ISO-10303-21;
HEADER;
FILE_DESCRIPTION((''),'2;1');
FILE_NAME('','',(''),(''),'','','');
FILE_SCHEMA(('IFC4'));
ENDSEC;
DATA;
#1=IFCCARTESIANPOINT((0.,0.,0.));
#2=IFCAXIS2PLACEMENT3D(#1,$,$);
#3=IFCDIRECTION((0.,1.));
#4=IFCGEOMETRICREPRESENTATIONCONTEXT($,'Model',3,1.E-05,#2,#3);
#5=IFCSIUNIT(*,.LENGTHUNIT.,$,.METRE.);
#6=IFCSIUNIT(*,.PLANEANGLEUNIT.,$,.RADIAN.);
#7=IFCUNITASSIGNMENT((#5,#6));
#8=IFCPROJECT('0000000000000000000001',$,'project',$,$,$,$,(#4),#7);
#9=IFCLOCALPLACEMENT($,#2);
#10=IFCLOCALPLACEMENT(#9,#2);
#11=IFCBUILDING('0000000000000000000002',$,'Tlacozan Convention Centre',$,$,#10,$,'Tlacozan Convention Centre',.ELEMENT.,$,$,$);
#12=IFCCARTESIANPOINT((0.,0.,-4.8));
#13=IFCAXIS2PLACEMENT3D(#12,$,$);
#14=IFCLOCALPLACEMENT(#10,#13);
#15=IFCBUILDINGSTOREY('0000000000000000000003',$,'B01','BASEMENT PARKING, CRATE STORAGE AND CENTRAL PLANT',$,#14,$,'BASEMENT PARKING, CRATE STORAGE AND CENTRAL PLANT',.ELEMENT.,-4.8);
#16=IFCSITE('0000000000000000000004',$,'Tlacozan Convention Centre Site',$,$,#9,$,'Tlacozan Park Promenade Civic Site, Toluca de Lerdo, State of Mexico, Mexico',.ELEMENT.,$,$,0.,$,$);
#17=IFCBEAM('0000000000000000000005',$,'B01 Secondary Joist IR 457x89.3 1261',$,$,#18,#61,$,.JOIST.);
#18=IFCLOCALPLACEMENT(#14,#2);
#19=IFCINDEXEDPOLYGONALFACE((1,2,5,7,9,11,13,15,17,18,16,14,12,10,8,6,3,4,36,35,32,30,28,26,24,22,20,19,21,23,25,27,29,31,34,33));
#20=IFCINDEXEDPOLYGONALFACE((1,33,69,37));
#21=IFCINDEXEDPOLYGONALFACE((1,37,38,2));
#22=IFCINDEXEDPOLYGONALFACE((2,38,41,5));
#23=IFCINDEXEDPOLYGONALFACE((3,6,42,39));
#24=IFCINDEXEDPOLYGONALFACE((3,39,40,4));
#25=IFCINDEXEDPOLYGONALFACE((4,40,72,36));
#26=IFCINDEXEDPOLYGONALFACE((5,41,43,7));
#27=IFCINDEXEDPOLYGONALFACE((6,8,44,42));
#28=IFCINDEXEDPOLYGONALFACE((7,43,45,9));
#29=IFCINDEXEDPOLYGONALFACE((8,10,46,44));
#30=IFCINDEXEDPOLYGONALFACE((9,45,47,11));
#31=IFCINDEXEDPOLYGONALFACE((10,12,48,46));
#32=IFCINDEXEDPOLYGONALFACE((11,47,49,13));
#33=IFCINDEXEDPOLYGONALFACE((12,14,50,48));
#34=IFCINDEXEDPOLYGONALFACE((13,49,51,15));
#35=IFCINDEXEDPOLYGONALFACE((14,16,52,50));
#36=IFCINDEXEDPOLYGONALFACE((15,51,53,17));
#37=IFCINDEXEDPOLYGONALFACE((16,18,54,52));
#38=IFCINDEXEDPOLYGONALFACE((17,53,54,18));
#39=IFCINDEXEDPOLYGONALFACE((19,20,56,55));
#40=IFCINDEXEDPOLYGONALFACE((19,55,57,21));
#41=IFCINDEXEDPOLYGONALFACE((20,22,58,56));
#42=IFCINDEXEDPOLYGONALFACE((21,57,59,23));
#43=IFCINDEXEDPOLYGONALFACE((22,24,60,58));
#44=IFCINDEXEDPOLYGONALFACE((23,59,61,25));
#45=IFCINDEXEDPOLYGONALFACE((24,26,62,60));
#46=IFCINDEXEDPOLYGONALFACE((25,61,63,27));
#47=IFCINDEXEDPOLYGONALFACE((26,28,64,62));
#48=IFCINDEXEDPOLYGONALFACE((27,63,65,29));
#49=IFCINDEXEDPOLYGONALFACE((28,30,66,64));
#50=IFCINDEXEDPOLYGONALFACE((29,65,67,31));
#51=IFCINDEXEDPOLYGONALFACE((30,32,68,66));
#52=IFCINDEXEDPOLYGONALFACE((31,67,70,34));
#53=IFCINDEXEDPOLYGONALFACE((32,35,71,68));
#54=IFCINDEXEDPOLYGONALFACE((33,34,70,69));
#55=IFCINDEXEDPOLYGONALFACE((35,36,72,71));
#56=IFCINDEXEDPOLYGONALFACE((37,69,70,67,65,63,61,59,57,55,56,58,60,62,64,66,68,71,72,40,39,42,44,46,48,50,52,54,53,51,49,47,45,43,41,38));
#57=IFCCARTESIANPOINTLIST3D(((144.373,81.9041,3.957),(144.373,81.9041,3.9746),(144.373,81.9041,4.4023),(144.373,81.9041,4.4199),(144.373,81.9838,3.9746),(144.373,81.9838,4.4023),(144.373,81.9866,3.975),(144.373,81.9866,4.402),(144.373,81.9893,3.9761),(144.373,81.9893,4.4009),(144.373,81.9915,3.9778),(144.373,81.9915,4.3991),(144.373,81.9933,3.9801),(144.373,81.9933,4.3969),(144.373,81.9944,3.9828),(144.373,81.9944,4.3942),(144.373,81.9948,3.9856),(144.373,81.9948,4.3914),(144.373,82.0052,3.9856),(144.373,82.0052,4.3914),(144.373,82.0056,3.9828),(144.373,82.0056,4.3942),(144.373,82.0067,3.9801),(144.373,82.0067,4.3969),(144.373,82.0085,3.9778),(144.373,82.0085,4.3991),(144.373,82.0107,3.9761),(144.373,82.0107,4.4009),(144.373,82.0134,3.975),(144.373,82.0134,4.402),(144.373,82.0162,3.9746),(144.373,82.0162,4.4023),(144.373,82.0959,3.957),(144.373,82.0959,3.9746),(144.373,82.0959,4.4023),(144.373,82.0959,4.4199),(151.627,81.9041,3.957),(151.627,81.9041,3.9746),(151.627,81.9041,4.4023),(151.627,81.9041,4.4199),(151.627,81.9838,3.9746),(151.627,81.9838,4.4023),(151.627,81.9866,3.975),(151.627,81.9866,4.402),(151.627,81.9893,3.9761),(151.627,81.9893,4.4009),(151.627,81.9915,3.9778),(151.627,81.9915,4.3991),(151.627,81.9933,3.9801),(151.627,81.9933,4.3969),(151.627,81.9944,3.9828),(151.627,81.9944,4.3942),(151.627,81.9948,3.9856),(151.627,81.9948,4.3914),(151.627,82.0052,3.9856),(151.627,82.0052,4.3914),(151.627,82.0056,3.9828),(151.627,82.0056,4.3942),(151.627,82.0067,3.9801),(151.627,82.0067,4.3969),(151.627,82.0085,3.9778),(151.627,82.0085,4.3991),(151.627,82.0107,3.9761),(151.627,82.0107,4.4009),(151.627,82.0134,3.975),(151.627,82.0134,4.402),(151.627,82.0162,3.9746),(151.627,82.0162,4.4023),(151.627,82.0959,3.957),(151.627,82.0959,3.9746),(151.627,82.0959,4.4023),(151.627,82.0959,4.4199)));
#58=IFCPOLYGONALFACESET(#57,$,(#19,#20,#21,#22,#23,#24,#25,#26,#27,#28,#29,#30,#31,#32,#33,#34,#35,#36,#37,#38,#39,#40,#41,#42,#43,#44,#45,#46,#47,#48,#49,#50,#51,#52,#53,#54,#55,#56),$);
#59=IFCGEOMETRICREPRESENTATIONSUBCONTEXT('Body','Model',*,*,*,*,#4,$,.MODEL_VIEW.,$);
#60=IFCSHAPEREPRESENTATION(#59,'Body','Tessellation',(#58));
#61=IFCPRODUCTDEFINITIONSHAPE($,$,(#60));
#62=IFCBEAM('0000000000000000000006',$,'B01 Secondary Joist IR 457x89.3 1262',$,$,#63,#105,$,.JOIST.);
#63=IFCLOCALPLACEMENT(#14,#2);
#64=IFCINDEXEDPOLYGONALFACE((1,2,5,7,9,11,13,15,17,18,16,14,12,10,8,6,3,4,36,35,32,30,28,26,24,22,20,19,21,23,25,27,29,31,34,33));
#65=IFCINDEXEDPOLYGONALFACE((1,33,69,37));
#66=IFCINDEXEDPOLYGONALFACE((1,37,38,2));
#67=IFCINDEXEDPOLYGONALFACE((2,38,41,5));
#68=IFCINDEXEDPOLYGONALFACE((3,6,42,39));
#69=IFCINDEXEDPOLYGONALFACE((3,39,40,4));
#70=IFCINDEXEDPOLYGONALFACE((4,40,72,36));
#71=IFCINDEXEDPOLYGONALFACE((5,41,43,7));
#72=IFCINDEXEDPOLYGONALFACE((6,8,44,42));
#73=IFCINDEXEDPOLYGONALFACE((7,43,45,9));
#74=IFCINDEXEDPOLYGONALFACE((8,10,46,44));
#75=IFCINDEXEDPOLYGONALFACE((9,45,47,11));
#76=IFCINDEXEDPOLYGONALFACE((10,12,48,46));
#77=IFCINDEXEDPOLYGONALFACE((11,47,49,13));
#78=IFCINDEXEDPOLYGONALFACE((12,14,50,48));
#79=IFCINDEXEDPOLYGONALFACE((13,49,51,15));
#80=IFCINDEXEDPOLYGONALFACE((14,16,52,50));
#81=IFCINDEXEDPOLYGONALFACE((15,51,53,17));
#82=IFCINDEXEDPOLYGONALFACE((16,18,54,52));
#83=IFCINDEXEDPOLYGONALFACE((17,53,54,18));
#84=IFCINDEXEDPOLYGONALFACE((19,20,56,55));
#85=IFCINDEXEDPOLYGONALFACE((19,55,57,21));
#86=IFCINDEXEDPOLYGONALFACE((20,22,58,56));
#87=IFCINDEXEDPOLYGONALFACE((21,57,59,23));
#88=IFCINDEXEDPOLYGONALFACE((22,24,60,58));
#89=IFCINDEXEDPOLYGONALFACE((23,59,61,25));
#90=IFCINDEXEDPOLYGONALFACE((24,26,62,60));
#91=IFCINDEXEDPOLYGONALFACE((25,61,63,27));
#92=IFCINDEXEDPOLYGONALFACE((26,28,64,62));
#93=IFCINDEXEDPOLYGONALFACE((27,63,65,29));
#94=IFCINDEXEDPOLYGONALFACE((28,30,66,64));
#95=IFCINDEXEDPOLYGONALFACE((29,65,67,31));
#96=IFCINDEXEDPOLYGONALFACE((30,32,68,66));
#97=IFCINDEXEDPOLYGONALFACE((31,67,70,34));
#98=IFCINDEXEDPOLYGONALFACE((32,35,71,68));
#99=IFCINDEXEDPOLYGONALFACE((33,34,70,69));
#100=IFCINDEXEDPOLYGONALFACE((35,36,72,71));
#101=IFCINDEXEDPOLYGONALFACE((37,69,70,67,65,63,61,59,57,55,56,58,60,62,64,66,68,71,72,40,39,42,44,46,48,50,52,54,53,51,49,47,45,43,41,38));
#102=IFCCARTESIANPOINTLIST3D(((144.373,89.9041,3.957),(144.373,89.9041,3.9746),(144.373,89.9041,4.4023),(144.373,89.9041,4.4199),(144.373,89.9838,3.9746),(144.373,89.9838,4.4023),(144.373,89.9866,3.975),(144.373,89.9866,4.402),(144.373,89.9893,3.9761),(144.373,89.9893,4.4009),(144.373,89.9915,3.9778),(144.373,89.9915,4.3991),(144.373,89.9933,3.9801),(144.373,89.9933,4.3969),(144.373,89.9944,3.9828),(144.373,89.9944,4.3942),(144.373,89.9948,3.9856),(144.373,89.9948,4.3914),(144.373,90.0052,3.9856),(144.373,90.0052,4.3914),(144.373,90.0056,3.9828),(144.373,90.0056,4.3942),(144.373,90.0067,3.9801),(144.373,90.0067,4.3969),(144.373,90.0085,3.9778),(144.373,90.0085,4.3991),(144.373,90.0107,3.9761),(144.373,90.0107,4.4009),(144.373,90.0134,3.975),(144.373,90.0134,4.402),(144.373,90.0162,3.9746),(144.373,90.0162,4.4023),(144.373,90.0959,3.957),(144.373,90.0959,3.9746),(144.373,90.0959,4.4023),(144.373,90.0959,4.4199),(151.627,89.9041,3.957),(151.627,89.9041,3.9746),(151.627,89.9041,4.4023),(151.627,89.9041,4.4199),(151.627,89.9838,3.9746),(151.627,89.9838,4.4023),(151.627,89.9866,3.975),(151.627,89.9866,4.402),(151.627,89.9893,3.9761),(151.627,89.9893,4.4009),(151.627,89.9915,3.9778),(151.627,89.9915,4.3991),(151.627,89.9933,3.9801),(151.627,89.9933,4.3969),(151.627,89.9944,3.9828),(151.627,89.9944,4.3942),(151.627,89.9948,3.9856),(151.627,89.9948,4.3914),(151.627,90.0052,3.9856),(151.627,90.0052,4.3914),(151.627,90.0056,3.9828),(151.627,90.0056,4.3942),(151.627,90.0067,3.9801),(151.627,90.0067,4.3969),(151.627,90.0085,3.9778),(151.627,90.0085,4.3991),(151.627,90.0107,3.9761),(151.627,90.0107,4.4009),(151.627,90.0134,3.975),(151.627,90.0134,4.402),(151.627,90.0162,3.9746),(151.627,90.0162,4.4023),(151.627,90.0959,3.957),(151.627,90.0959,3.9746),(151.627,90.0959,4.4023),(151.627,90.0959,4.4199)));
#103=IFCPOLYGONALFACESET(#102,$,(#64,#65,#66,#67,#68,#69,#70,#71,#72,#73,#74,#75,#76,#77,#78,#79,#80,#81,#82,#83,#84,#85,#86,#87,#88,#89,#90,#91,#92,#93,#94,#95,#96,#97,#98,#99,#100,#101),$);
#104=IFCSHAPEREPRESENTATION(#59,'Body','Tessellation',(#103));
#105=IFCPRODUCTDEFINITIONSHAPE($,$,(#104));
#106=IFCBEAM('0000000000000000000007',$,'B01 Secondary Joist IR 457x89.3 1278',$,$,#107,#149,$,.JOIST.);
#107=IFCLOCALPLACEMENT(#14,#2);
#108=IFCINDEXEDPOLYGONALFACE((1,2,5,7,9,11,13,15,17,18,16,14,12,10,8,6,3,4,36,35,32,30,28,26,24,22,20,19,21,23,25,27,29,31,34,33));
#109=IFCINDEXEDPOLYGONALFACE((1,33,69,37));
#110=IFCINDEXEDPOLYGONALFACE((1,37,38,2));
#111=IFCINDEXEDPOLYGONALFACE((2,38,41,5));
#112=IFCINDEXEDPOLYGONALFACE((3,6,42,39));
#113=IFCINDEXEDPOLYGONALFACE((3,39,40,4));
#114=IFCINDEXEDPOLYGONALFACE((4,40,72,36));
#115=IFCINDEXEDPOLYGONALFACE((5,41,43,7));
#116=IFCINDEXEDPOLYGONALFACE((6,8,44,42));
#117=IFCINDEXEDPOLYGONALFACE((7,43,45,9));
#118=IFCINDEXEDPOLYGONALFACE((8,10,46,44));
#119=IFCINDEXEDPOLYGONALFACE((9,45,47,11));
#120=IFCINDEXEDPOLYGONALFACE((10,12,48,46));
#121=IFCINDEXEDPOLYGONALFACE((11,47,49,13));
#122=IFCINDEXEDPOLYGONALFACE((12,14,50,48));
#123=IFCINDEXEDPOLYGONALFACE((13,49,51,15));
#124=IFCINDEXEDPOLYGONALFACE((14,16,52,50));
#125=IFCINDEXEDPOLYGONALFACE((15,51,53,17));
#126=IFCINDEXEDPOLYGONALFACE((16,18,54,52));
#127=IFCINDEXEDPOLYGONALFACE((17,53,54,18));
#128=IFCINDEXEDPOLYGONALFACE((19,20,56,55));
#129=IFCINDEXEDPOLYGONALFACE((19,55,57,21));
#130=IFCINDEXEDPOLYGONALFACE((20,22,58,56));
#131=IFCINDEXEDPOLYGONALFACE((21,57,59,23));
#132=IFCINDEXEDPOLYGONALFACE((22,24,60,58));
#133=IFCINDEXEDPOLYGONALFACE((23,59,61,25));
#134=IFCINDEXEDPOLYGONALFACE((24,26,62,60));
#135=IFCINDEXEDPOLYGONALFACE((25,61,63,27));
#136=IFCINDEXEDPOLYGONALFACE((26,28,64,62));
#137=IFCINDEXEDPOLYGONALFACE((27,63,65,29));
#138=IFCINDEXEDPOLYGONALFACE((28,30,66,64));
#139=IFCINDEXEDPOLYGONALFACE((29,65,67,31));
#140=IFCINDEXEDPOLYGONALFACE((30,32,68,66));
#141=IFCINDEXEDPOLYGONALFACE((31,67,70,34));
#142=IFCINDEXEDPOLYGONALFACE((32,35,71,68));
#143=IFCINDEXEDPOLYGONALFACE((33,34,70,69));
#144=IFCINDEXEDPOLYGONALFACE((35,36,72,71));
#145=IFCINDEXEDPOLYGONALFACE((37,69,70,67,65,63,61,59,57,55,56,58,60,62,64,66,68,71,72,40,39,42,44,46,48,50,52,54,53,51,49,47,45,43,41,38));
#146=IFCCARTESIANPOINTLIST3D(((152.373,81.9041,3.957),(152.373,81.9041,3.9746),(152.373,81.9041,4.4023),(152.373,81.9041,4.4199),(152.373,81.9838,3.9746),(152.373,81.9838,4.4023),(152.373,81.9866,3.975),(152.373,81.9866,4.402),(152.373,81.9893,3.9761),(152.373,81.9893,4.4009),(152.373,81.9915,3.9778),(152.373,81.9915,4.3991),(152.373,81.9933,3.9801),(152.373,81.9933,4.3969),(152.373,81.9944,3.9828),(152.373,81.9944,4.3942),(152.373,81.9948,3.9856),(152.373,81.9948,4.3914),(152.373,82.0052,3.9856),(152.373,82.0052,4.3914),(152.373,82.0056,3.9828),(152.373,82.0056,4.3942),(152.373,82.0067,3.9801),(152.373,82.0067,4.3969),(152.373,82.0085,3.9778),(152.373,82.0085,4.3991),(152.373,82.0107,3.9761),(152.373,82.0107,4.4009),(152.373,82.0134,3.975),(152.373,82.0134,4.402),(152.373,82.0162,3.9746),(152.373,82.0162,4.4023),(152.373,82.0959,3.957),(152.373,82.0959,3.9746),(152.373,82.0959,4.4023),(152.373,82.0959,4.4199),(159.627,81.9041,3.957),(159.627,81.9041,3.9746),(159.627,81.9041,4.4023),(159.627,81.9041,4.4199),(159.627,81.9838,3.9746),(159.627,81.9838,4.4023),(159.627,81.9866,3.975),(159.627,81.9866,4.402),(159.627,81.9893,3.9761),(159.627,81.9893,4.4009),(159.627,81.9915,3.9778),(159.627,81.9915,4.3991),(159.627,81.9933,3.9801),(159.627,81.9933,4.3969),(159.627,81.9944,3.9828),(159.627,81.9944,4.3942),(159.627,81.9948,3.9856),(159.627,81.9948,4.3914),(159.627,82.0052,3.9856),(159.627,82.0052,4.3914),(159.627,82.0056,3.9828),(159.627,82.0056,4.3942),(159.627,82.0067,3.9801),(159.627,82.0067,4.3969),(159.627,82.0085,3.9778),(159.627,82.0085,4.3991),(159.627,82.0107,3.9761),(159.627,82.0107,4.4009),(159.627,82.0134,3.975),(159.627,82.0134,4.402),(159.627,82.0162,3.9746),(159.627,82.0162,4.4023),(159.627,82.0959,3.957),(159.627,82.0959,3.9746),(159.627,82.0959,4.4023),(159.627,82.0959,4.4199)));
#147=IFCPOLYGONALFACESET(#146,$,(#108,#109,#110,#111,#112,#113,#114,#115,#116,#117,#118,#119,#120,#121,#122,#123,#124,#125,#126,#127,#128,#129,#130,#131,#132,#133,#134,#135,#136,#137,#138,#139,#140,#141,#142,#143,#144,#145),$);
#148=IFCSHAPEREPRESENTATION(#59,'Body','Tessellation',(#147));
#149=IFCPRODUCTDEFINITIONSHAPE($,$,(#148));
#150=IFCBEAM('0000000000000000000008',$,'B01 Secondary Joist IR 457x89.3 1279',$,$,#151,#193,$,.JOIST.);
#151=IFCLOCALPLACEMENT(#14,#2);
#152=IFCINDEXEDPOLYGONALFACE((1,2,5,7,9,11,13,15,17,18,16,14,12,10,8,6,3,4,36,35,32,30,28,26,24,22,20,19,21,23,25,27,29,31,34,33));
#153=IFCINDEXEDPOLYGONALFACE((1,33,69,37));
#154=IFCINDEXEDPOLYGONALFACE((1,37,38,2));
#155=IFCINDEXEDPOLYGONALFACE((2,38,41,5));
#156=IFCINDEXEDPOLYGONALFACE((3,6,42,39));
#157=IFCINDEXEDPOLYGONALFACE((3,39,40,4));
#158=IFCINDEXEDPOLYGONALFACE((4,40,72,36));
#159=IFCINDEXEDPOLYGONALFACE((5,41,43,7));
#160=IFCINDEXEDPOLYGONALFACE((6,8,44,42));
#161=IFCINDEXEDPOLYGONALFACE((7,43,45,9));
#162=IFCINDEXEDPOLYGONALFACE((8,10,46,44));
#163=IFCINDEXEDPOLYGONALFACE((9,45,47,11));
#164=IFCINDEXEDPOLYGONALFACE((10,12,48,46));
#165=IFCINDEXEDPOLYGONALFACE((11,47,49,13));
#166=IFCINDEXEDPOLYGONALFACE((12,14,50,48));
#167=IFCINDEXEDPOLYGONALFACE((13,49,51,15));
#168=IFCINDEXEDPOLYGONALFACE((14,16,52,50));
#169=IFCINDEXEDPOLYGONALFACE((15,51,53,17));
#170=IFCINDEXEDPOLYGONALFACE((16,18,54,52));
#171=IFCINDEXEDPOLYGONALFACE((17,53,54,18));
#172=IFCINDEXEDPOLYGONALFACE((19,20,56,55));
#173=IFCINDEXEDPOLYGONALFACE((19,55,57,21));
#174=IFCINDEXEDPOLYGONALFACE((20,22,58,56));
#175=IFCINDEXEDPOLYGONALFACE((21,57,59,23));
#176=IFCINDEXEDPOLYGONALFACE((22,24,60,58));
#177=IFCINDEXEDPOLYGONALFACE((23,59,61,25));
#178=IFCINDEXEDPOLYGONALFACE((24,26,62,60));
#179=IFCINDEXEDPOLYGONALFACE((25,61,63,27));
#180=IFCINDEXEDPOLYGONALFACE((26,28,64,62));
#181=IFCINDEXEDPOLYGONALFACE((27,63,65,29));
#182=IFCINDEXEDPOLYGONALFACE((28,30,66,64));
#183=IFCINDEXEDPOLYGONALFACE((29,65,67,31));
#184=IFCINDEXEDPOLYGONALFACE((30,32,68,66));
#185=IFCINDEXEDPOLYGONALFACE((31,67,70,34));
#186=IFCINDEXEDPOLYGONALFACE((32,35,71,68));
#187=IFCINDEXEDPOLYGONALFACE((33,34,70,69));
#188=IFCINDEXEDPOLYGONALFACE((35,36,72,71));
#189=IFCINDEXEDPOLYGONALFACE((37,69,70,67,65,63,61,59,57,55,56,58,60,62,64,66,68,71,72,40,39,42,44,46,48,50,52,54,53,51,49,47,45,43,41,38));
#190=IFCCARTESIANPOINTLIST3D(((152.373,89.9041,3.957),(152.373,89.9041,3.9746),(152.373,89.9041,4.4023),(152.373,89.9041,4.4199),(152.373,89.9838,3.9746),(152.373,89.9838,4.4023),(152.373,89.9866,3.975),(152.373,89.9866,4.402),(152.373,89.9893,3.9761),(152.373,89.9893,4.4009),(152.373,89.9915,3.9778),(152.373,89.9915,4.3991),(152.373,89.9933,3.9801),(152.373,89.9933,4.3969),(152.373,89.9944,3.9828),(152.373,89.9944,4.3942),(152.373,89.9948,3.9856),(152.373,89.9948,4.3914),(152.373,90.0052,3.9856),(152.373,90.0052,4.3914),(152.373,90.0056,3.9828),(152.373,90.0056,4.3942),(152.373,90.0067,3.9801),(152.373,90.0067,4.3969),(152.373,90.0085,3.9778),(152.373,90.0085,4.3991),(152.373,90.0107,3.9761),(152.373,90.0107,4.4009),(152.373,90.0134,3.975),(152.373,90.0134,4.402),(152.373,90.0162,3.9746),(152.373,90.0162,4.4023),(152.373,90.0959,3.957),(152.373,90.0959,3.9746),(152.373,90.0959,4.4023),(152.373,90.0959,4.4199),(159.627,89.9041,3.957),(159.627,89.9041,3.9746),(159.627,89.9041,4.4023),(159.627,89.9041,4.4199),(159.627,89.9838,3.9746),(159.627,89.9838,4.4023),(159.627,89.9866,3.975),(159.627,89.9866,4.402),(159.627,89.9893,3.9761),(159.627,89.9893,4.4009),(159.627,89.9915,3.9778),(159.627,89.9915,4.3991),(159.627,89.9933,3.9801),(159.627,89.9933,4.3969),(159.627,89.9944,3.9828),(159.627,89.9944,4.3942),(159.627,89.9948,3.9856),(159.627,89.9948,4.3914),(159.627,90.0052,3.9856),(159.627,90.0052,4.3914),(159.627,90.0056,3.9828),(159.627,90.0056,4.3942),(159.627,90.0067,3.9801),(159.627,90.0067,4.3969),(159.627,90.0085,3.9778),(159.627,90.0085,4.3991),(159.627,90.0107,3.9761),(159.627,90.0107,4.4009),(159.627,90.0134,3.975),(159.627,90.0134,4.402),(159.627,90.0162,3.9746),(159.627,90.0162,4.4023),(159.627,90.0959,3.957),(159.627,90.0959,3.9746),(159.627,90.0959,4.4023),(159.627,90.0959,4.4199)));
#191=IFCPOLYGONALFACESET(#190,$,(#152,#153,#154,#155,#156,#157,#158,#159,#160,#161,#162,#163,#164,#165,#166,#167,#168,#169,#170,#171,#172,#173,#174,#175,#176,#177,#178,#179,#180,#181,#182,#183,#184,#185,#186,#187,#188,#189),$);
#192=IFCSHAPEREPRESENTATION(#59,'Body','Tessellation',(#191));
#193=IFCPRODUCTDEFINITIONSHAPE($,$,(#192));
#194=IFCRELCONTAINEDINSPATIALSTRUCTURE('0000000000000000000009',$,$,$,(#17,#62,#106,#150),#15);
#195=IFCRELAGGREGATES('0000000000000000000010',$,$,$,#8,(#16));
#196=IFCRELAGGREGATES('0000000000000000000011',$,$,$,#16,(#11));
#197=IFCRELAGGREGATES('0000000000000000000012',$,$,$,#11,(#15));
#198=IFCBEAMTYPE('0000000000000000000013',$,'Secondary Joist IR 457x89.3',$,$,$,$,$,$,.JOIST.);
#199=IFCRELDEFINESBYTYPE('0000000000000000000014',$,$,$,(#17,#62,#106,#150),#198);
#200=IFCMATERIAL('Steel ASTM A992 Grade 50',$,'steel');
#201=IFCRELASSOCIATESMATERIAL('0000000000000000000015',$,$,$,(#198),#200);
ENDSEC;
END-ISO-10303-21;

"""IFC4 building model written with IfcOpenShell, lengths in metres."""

from ifc_helpers import new_model, si_unit, direction, frame, origin, origin_2d, place, context, subcontext, project, spatial, i_section, extrude, material, material_profile, profile_set, type_object, element, save


model = new_model("IFC4")

# Units and contexts
model_context = context("Model", 3, precision=1e-05, world=origin(), true_north=direction((0.0, 1.0)))
body_context = subcontext(model_context, "Body", "Model", "MODEL_VIEW")
ifc_project = project(units=[si_unit("LENGTHUNIT", "METRE"), si_unit("PLANEANGLEUNIT", "RADIAN")], contexts=[model_context])

# Site, building, storey
site_placement = place(None, origin())
site = spatial("IfcSite", under=ifc_project, at=site_placement, Name="Tlacozan Convention Centre Site", LongName="Tlacozan Park Promenade Civic Site, Toluca de Lerdo, State of Mexico, Mexico", CompositionType="ELEMENT", RefElevation=0.0)
building_placement = place(site_placement, origin())
building = spatial("IfcBuilding", under=site, at=building_placement, Name="Tlacozan Convention Centre", LongName="Tlacozan Convention Centre", CompositionType="ELEMENT")
storey_placement = place(building_placement, frame((0.0, 0.0, -4.8)))
storey = spatial("IfcBuildingStorey", under=building, at=storey_placement, Name="B01", Description="BASEMENT PARKING, CRATE STORAGE AND CENTRAL PLANT", LongName="BASEMENT PARKING, CRATE STORAGE AND CENTRAL PLANT", CompositionType="ELEMENT", Elevation=-4.8)

# Beams
ifc_material_1 = material(Name="Steel ASTM A992 Grade 50", Category="steel")
ifc_material_profile_1 = material_profile(ifc_material_1, i_section(OverallWidth=0.1919, OverallDepth=0.4629, WebThickness=0.0105, FlangeThickness=0.0176, FilletRadius=0.011, at=origin_2d()), Name="IR 457x89.3")
ifc_profile_set_1 = profile_set([ifc_material_profile_1], Name="Steel ASTM A992 Grade 50")
beam_type_1 = type_object("IfcBeamType", Name="Secondary Joist IR 457x89.3", PredefinedType="JOIST", material=ifc_profile_set_1)
for number, where, z_axis, x_axis, name in (
    (1, (144.373, 82.0, 4.1885), (1.0, 0.0, 0.0), (0.0, 1.0, 0.0), "B01 Secondary Joist IR 457x89.3 1261"),
    (2, (144.373, 90.0, 4.1885), (1.0, 0.0, 0.0), (0.0, 1.0, 0.0), "B01 Secondary Joist IR 457x89.3 1262"),
    (3, (152.373, 82.0, 4.1885), (1.0, 0.0, 0.0), (0.0, 1.0, 0.0), "B01 Secondary Joist IR 457x89.3 1278"),
    (4, (152.373, 90.0, 4.1885), (1.0, 0.0, 0.0), (0.0, 1.0, 0.0), "B01 Secondary Joist IR 457x89.3 1279"),
):
    element("IfcBeam", number, at=place(storey_placement, frame(where, z_axis=z_axis, x_axis=x_axis)), inside=storey, type_object=beam_type_1, Name=name, PredefinedType="JOIST", context=body_context, shape_type="SweptSolid", body=[
        extrude(i_section(OverallWidth=0.1919, OverallDepth=0.4629, WebThickness=0.0105, FlangeThickness=0.0176, FilletRadius=0.011, at=origin_2d()), origin(), (0.0, 0.0, 1.0), 7.2539),
    ])

save(model, "model.ifc")
